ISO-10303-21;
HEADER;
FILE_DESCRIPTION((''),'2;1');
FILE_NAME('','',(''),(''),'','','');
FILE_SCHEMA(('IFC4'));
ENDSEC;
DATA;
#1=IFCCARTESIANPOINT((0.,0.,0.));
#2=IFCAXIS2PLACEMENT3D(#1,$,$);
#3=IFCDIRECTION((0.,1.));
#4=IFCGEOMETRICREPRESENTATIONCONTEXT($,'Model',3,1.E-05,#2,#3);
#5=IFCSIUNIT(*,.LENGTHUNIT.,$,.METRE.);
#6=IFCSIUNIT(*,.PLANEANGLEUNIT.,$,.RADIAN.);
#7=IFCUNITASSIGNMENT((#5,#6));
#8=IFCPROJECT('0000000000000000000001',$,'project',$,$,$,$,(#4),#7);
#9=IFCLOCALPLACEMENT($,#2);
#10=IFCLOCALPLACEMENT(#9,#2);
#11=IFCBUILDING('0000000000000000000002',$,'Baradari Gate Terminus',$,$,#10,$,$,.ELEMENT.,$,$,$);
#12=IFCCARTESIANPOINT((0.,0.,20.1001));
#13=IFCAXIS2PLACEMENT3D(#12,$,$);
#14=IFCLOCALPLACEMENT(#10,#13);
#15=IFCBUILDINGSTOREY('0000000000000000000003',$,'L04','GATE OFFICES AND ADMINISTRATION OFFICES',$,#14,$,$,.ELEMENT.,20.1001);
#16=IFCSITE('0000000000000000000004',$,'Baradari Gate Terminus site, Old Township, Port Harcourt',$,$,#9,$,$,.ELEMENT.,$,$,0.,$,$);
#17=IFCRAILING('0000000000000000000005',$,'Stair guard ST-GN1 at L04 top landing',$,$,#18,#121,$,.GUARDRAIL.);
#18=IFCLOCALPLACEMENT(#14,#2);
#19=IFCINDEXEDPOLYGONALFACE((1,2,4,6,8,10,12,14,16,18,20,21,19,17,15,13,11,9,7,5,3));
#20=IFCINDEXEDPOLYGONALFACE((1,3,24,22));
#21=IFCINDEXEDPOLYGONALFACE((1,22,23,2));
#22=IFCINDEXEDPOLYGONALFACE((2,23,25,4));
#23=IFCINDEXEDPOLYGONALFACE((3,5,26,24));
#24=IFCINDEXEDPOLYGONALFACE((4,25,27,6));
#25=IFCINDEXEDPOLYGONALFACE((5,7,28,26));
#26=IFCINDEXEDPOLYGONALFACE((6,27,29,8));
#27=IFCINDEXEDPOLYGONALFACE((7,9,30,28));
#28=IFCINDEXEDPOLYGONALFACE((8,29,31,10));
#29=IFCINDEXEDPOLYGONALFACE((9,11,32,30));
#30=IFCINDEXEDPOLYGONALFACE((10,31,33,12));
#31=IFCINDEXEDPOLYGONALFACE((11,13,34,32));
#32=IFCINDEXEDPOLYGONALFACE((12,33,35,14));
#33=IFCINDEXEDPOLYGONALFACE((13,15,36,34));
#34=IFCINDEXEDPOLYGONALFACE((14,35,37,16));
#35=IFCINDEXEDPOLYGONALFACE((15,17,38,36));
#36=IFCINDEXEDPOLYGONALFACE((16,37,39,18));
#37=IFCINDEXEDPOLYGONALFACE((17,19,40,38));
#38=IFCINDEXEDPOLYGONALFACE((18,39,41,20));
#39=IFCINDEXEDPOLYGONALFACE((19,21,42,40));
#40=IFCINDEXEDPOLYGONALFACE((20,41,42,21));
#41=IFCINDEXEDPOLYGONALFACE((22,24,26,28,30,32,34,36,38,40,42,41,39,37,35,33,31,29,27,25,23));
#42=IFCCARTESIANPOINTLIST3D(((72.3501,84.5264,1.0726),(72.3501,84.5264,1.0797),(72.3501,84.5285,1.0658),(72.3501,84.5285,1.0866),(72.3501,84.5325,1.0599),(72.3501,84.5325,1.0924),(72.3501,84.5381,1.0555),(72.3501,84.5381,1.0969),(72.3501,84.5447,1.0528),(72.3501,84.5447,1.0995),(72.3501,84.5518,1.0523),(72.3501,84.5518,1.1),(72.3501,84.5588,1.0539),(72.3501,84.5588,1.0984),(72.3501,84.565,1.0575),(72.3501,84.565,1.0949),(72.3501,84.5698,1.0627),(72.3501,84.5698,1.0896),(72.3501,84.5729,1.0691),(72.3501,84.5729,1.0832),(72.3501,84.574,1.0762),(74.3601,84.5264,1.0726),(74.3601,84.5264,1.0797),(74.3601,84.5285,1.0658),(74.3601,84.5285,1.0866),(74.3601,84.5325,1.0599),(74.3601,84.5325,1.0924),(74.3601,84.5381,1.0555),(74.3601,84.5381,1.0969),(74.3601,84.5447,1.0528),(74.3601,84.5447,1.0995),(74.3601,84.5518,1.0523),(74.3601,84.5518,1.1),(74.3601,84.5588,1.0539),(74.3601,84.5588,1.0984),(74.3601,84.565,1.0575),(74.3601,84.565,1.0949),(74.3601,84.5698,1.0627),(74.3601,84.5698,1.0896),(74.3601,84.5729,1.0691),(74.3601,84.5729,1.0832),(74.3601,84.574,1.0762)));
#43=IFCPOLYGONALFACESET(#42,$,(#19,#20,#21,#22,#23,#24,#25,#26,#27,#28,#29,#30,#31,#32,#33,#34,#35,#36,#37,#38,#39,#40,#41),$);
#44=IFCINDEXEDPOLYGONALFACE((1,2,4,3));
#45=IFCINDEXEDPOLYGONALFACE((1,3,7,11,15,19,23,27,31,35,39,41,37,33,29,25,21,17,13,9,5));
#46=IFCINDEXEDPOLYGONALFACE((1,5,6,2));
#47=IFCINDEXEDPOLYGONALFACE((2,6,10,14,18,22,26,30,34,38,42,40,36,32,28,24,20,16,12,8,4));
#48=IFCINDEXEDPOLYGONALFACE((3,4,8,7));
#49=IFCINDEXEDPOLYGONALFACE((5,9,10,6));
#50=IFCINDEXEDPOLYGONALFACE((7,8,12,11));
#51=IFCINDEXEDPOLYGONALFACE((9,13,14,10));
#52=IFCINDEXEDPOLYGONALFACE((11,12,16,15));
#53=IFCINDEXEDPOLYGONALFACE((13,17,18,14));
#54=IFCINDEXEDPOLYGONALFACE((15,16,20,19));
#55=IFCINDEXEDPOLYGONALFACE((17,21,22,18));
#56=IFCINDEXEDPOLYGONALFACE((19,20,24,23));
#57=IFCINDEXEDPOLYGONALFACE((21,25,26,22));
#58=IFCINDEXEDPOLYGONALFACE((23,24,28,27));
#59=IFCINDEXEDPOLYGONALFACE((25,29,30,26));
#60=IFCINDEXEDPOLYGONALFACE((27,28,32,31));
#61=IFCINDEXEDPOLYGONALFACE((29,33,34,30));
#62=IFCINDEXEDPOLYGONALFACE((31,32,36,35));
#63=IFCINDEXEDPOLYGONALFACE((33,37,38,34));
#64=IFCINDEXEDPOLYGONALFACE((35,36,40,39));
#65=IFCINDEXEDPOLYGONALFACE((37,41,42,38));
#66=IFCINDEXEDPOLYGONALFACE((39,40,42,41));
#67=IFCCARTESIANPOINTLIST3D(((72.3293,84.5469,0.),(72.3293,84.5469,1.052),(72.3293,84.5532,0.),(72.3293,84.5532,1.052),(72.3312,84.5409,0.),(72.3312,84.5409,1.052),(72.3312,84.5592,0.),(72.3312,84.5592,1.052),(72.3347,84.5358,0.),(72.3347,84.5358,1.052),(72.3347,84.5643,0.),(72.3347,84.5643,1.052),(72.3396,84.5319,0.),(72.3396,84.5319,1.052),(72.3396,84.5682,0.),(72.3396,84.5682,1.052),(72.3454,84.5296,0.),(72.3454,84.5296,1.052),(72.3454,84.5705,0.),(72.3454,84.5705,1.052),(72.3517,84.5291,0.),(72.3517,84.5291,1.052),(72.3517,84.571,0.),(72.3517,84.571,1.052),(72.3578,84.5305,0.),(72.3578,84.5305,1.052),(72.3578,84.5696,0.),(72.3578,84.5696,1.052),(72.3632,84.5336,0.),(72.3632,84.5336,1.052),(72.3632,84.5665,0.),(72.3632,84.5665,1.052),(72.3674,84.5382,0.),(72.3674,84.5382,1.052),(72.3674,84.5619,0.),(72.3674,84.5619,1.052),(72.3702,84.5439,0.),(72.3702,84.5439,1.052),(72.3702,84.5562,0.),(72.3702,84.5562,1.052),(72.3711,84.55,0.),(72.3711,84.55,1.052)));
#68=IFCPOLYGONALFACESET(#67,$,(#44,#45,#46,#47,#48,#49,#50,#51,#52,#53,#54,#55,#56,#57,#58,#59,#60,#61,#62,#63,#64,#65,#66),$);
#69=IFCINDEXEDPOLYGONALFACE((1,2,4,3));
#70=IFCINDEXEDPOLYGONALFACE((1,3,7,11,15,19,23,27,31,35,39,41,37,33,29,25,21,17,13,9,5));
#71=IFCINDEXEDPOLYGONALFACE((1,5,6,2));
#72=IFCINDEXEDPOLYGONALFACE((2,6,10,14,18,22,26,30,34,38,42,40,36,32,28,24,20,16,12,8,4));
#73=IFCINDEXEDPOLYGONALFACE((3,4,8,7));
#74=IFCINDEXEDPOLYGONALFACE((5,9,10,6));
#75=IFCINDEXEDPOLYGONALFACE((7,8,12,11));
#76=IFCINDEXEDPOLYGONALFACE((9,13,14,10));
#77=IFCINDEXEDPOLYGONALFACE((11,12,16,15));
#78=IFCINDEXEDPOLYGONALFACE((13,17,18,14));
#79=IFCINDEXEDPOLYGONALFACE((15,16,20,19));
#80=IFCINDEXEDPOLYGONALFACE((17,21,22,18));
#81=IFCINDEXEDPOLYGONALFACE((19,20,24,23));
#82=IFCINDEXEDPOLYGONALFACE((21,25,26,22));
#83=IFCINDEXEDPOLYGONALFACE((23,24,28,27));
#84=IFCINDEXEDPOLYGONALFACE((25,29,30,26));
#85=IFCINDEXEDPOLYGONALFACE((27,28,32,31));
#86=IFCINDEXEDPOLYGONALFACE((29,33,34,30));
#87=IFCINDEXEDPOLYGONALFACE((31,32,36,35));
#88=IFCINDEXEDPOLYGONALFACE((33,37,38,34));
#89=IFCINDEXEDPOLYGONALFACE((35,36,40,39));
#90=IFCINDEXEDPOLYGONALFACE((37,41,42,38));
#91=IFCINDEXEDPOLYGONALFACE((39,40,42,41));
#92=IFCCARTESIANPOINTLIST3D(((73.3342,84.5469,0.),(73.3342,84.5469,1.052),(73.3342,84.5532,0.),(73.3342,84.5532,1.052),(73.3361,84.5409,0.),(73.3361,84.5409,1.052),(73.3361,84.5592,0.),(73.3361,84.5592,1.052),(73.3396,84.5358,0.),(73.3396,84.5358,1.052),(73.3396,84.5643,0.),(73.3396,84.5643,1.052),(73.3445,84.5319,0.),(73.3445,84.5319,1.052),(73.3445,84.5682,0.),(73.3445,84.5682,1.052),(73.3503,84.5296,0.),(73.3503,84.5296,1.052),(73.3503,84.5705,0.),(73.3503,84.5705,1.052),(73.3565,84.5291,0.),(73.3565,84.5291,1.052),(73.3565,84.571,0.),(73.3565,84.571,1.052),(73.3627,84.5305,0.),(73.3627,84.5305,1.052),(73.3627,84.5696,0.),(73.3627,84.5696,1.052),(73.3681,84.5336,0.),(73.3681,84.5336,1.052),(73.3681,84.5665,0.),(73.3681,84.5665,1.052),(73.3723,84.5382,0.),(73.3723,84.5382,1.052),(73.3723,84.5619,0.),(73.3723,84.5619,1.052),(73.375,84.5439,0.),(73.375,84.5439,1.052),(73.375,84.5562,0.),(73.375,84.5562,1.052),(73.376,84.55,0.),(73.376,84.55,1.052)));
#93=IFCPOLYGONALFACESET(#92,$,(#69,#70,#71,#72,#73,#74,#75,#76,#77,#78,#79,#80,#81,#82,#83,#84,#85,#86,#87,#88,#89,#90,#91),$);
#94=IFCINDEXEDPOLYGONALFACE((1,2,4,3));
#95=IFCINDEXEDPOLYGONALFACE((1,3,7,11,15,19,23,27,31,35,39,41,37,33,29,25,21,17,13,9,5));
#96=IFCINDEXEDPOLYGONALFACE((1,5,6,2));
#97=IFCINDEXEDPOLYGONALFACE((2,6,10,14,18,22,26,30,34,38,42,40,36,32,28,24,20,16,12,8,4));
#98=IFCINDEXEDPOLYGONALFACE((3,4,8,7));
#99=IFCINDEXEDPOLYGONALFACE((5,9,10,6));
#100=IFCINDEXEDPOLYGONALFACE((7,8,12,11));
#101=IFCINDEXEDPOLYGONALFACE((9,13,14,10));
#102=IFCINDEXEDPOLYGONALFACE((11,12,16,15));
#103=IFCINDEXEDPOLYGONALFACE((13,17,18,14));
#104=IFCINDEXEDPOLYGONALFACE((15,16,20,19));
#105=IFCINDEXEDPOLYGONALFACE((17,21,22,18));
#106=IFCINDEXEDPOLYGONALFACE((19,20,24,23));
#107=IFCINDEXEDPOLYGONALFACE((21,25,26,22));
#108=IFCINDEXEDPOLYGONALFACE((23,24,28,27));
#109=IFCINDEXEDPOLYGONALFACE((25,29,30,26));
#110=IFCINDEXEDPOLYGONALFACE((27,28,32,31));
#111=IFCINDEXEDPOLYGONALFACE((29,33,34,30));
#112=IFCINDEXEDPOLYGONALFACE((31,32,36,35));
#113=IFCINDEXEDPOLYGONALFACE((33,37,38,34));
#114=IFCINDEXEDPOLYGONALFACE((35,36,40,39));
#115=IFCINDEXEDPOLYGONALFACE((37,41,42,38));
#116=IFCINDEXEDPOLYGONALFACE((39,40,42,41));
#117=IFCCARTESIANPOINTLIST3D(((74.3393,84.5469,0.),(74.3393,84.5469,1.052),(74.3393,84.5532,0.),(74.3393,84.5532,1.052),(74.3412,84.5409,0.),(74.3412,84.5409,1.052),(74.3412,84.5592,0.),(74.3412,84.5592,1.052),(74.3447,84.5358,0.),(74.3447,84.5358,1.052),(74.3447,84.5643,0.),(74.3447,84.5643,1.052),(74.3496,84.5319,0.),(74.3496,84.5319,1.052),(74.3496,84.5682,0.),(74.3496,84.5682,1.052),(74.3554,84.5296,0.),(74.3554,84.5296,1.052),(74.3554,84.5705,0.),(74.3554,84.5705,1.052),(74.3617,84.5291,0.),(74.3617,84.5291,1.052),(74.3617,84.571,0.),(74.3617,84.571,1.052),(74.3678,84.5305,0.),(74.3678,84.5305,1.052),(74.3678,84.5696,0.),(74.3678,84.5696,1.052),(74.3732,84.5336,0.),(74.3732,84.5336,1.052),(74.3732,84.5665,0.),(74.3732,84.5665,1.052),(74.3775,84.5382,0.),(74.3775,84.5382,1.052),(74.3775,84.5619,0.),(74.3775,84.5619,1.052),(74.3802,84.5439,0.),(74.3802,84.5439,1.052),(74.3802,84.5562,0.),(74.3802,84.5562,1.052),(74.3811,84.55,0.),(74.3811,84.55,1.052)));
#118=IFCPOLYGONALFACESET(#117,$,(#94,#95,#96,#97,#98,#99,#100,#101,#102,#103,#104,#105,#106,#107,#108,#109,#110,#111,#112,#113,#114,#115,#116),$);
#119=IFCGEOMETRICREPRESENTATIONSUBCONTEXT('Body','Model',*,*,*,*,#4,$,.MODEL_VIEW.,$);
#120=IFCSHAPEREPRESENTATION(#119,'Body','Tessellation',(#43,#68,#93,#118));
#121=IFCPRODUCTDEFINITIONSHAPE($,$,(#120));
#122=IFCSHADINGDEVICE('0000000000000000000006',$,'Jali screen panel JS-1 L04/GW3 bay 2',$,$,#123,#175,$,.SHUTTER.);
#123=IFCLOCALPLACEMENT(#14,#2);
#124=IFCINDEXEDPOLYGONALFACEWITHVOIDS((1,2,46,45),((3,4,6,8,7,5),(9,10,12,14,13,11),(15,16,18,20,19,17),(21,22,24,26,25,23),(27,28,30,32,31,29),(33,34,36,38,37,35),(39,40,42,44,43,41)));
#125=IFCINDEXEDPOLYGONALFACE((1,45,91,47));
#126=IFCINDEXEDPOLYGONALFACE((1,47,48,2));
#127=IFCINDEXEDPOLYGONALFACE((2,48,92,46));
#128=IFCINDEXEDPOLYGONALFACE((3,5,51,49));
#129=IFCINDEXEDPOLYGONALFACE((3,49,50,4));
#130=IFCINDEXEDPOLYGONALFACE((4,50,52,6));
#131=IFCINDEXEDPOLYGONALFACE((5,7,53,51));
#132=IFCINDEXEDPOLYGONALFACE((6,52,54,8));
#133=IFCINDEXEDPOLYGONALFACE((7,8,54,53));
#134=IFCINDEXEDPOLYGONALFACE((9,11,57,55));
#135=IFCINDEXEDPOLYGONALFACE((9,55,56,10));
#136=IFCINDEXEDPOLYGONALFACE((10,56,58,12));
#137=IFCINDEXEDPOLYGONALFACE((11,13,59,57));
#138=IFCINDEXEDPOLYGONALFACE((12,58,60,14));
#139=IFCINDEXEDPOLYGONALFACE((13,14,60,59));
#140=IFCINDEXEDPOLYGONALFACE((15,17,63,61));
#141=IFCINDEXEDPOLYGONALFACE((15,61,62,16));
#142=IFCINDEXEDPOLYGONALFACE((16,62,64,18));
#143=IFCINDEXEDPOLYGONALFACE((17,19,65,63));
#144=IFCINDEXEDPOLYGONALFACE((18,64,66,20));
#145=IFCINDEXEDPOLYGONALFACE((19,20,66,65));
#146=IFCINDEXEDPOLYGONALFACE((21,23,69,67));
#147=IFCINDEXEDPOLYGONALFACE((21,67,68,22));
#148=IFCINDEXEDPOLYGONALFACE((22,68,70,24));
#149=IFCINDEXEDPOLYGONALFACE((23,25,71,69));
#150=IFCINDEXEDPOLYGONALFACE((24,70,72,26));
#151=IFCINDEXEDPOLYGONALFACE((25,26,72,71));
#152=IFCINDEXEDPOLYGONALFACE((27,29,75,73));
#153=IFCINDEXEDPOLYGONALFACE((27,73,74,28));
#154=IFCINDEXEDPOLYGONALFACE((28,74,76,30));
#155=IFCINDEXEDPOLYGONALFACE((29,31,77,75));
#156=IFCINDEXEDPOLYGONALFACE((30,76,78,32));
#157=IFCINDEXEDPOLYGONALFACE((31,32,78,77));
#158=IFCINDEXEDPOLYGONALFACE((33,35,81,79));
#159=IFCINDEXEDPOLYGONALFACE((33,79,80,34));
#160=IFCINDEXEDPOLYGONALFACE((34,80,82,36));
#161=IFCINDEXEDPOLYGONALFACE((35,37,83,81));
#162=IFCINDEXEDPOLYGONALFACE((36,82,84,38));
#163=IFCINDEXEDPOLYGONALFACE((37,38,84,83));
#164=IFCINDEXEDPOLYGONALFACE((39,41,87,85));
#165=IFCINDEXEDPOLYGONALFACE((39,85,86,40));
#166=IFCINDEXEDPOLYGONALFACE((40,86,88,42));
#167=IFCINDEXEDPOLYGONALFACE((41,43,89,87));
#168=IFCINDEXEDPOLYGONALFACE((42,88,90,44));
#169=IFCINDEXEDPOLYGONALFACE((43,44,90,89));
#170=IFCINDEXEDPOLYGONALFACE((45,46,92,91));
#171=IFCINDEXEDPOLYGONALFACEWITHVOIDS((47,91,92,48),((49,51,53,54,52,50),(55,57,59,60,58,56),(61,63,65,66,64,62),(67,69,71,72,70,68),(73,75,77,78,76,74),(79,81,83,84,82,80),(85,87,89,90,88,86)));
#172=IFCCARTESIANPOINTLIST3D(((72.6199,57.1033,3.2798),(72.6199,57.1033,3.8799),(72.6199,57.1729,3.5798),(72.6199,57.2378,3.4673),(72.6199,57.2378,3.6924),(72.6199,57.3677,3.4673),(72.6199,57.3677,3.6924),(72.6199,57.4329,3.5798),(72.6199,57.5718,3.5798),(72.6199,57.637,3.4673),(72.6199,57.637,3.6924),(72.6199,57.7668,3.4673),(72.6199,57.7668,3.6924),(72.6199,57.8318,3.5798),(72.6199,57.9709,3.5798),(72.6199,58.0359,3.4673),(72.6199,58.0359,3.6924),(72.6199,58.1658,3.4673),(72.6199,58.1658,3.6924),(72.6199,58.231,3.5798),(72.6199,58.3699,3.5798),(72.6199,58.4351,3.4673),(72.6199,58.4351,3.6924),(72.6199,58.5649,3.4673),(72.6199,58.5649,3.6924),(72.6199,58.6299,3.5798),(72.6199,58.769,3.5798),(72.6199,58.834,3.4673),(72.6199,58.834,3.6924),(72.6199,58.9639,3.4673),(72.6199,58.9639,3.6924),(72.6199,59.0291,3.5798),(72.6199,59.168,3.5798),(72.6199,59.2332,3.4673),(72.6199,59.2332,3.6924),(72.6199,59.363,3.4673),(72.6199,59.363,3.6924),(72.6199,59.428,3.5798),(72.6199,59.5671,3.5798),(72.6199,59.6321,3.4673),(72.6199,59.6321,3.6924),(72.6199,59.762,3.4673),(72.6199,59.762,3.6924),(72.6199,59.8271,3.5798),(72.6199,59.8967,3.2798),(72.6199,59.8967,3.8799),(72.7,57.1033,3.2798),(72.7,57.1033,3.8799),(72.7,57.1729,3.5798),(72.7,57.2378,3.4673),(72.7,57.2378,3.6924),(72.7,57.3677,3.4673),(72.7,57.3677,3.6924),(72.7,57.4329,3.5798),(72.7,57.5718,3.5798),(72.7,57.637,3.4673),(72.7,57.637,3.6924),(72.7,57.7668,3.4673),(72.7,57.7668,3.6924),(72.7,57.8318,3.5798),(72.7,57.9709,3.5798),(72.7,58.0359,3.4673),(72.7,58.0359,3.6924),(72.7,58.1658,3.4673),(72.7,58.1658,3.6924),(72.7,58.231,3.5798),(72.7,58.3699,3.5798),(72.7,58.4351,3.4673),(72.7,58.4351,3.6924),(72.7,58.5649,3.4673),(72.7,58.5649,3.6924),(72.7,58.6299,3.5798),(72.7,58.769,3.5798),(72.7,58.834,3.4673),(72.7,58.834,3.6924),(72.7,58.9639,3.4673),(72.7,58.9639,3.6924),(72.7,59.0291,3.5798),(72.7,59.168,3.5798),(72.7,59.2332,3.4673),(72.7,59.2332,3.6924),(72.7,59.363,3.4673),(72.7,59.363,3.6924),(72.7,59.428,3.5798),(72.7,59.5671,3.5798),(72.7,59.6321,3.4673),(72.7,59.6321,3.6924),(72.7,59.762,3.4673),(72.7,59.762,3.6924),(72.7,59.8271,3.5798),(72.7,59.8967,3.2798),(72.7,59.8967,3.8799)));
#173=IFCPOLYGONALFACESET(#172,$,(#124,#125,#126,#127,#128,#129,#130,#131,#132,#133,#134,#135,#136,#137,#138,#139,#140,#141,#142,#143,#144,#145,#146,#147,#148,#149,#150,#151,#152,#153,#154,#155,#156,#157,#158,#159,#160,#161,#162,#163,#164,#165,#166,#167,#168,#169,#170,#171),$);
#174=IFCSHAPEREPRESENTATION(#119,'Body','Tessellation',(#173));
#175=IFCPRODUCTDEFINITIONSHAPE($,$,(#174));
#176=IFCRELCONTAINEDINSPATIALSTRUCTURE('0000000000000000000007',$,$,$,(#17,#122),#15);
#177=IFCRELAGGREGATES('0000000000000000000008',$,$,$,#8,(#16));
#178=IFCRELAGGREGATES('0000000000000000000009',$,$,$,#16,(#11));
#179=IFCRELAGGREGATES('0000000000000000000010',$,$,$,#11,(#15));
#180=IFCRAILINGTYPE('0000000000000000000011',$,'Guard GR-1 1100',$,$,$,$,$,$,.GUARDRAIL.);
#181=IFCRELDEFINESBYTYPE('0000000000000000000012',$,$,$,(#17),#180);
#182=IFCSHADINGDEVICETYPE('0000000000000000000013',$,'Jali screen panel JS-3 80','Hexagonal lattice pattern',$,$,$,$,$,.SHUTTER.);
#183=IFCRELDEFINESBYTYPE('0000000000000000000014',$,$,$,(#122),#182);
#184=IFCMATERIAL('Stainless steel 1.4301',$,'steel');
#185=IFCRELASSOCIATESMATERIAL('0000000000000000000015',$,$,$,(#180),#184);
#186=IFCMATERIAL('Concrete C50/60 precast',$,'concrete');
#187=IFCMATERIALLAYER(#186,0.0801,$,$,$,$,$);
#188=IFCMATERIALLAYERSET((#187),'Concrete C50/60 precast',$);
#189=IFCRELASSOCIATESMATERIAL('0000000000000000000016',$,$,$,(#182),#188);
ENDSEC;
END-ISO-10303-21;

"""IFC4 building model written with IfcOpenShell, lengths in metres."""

from ifc_helpers import new_model, si_unit, direction, frame, origin, origin_2d, place, context, subcontext, project, spatial, polyline, circle, outline, extrude, material, layer, layer_set, type_object, element, save


model = new_model("IFC4")

# Units and contexts
model_context = context("Model", 3, precision=1e-05, world=origin(), true_north=direction((0.0, 1.0)))
body_context = subcontext(model_context, "Body", "Model", "MODEL_VIEW")
ifc_project = project(units=[si_unit("LENGTHUNIT", "METRE"), si_unit("PLANEANGLEUNIT", "RADIAN")], contexts=[model_context])

# Site, building, storey
site_placement = place(None, origin())
site = spatial("IfcSite", under=ifc_project, at=site_placement, Name="Baradari Gate Terminus site, Old Township, Port Harcourt", CompositionType="ELEMENT", RefElevation=0.0)
building_placement = place(site_placement, origin())
building = spatial("IfcBuilding", under=site, at=building_placement, Name="Baradari Gate Terminus", CompositionType="ELEMENT")
storey_placement = place(building_placement, frame((0.0, 0.0, 20.1001)))
storey = spatial("IfcBuildingStorey", under=building, at=storey_placement, Name="L04", Description="GATE OFFICES AND ADMINISTRATION OFFICES", CompositionType="ELEMENT", Elevation=20.1001)

# Railing
ifc_material_1 = material(Name="Stainless steel 1.4301", Category="steel")
railing_type = type_object("IfcRailingType", Name="Guard GR-1 1100", PredefinedType="GUARDRAIL", material=ifc_material_1)
railing_placement = place(storey_placement, frame((72.3501, 84.55, 0.0)))
element("IfcRailing", 1, at=railing_placement, inside=storey, type_object=railing_type, Name="Stair guard ST-GN1 at L04 top landing", PredefinedType="GUARDRAIL", context=body_context, shape_type="SweptSolid", body=[
    extrude(circle(Radius=0.0239, at=origin_2d()), frame((0.0, 0.0, 1.0762), z_axis=(1.0, 0.0, 0.0), x_axis=(0.0, 1.0, 0.0)), (0.0, 0.0, 1.0), 2.01),
    extrude(circle(Radius=0.021, at=origin_2d()), origin(), (0.0, 0.0, 1.0), 1.052),
    extrude(circle(Radius=0.021, at=origin_2d()), frame((1.0049, 0.0, 0.0)), (0.0, 0.0, 1.0), 1.052),
    extrude(circle(Radius=0.021, at=origin_2d()), frame((2.01, 0.0, 0.0)), (0.0, 0.0, 1.0), 1.052),
])

# Shading device
ifc_material_2 = material(Name="Concrete C50/60 precast", Category="concrete")
ifc_layer = layer(ifc_material_2, 0.0801)
ifc_layer_set = layer_set([ifc_layer], Name="Concrete C50/60 precast")
shading_device_type = type_object("IfcShadingDeviceType", Name="Jali screen panel JS-3 80", Description="Hexagonal lattice pattern", PredefinedType="SHUTTER", material=ifc_layer_set)
shading_device_1_placement = place(storey_placement, frame((72.6599, 57.1033, 3.2798), z_axis=(0.0, 0.0, 1.0), x_axis=(0.0, 1.0, 0.0)))
element("IfcShadingDevice", 2, at=shading_device_1_placement, inside=storey, type_object=shading_device_type, Name="Jali screen panel JS-1 L04/GW3 bay 2", PredefinedType="SHUTTER", context=body_context, shape_type="SweptSolid", body=[
    extrude(outline(polyline([(0.0, 0.0), (2.7935, 0.0), (2.7935, 0.6001), (0.0, 0.6001), (0.0, 0.0)]), holes=[polyline([(0.3296, 0.3), (0.2644, 0.1875), (0.1345, 0.1875), (0.0696, 0.3), (0.1345, 0.4126), (0.2644, 0.4126), (0.3296, 0.3)]), polyline([(0.7285, 0.3), (0.6636, 0.1875), (0.5337, 0.1875), (0.4685, 0.3), (0.5337, 0.4126), (0.6636, 0.4126), (0.7285, 0.3)]), polyline([(1.1277, 0.3), (1.0625, 0.1875), (0.9326, 0.1875), (0.8677, 0.3), (0.9326, 0.4126), (1.0625, 0.4126), (1.1277, 0.3)]), polyline([(1.5266, 0.3), (1.4617, 0.1875), (1.3318, 0.1875), (1.2666, 0.3), (1.3318, 0.4126), (1.4617, 0.4126), (1.5266, 0.3)]), polyline([(1.9258, 0.3), (1.8606, 0.1875), (1.7307, 0.1875), (1.6658, 0.3), (1.7307, 0.4126), (1.8606, 0.4126), (1.9258, 0.3)]), polyline([(2.3247, 0.3), (2.2598, 0.1875), (2.1299, 0.1875), (2.0647, 0.3), (2.1299, 0.4126), (2.2598, 0.4126), (2.3247, 0.3)]), polyline([(2.7239, 0.3), (2.6587, 0.1875), (2.5288, 0.1875), (2.4639, 0.3), (2.5288, 0.4126), (2.6587, 0.4126), (2.7239, 0.3)])]), frame((0.0, 0.04, 0.0), z_axis=(0.0, -1.0, 0.0), x_axis=(1.0, 0.0, 0.0)), (0.0, 0.0, 1.0), 0.0801),
])

save(model, "model.ifc")
